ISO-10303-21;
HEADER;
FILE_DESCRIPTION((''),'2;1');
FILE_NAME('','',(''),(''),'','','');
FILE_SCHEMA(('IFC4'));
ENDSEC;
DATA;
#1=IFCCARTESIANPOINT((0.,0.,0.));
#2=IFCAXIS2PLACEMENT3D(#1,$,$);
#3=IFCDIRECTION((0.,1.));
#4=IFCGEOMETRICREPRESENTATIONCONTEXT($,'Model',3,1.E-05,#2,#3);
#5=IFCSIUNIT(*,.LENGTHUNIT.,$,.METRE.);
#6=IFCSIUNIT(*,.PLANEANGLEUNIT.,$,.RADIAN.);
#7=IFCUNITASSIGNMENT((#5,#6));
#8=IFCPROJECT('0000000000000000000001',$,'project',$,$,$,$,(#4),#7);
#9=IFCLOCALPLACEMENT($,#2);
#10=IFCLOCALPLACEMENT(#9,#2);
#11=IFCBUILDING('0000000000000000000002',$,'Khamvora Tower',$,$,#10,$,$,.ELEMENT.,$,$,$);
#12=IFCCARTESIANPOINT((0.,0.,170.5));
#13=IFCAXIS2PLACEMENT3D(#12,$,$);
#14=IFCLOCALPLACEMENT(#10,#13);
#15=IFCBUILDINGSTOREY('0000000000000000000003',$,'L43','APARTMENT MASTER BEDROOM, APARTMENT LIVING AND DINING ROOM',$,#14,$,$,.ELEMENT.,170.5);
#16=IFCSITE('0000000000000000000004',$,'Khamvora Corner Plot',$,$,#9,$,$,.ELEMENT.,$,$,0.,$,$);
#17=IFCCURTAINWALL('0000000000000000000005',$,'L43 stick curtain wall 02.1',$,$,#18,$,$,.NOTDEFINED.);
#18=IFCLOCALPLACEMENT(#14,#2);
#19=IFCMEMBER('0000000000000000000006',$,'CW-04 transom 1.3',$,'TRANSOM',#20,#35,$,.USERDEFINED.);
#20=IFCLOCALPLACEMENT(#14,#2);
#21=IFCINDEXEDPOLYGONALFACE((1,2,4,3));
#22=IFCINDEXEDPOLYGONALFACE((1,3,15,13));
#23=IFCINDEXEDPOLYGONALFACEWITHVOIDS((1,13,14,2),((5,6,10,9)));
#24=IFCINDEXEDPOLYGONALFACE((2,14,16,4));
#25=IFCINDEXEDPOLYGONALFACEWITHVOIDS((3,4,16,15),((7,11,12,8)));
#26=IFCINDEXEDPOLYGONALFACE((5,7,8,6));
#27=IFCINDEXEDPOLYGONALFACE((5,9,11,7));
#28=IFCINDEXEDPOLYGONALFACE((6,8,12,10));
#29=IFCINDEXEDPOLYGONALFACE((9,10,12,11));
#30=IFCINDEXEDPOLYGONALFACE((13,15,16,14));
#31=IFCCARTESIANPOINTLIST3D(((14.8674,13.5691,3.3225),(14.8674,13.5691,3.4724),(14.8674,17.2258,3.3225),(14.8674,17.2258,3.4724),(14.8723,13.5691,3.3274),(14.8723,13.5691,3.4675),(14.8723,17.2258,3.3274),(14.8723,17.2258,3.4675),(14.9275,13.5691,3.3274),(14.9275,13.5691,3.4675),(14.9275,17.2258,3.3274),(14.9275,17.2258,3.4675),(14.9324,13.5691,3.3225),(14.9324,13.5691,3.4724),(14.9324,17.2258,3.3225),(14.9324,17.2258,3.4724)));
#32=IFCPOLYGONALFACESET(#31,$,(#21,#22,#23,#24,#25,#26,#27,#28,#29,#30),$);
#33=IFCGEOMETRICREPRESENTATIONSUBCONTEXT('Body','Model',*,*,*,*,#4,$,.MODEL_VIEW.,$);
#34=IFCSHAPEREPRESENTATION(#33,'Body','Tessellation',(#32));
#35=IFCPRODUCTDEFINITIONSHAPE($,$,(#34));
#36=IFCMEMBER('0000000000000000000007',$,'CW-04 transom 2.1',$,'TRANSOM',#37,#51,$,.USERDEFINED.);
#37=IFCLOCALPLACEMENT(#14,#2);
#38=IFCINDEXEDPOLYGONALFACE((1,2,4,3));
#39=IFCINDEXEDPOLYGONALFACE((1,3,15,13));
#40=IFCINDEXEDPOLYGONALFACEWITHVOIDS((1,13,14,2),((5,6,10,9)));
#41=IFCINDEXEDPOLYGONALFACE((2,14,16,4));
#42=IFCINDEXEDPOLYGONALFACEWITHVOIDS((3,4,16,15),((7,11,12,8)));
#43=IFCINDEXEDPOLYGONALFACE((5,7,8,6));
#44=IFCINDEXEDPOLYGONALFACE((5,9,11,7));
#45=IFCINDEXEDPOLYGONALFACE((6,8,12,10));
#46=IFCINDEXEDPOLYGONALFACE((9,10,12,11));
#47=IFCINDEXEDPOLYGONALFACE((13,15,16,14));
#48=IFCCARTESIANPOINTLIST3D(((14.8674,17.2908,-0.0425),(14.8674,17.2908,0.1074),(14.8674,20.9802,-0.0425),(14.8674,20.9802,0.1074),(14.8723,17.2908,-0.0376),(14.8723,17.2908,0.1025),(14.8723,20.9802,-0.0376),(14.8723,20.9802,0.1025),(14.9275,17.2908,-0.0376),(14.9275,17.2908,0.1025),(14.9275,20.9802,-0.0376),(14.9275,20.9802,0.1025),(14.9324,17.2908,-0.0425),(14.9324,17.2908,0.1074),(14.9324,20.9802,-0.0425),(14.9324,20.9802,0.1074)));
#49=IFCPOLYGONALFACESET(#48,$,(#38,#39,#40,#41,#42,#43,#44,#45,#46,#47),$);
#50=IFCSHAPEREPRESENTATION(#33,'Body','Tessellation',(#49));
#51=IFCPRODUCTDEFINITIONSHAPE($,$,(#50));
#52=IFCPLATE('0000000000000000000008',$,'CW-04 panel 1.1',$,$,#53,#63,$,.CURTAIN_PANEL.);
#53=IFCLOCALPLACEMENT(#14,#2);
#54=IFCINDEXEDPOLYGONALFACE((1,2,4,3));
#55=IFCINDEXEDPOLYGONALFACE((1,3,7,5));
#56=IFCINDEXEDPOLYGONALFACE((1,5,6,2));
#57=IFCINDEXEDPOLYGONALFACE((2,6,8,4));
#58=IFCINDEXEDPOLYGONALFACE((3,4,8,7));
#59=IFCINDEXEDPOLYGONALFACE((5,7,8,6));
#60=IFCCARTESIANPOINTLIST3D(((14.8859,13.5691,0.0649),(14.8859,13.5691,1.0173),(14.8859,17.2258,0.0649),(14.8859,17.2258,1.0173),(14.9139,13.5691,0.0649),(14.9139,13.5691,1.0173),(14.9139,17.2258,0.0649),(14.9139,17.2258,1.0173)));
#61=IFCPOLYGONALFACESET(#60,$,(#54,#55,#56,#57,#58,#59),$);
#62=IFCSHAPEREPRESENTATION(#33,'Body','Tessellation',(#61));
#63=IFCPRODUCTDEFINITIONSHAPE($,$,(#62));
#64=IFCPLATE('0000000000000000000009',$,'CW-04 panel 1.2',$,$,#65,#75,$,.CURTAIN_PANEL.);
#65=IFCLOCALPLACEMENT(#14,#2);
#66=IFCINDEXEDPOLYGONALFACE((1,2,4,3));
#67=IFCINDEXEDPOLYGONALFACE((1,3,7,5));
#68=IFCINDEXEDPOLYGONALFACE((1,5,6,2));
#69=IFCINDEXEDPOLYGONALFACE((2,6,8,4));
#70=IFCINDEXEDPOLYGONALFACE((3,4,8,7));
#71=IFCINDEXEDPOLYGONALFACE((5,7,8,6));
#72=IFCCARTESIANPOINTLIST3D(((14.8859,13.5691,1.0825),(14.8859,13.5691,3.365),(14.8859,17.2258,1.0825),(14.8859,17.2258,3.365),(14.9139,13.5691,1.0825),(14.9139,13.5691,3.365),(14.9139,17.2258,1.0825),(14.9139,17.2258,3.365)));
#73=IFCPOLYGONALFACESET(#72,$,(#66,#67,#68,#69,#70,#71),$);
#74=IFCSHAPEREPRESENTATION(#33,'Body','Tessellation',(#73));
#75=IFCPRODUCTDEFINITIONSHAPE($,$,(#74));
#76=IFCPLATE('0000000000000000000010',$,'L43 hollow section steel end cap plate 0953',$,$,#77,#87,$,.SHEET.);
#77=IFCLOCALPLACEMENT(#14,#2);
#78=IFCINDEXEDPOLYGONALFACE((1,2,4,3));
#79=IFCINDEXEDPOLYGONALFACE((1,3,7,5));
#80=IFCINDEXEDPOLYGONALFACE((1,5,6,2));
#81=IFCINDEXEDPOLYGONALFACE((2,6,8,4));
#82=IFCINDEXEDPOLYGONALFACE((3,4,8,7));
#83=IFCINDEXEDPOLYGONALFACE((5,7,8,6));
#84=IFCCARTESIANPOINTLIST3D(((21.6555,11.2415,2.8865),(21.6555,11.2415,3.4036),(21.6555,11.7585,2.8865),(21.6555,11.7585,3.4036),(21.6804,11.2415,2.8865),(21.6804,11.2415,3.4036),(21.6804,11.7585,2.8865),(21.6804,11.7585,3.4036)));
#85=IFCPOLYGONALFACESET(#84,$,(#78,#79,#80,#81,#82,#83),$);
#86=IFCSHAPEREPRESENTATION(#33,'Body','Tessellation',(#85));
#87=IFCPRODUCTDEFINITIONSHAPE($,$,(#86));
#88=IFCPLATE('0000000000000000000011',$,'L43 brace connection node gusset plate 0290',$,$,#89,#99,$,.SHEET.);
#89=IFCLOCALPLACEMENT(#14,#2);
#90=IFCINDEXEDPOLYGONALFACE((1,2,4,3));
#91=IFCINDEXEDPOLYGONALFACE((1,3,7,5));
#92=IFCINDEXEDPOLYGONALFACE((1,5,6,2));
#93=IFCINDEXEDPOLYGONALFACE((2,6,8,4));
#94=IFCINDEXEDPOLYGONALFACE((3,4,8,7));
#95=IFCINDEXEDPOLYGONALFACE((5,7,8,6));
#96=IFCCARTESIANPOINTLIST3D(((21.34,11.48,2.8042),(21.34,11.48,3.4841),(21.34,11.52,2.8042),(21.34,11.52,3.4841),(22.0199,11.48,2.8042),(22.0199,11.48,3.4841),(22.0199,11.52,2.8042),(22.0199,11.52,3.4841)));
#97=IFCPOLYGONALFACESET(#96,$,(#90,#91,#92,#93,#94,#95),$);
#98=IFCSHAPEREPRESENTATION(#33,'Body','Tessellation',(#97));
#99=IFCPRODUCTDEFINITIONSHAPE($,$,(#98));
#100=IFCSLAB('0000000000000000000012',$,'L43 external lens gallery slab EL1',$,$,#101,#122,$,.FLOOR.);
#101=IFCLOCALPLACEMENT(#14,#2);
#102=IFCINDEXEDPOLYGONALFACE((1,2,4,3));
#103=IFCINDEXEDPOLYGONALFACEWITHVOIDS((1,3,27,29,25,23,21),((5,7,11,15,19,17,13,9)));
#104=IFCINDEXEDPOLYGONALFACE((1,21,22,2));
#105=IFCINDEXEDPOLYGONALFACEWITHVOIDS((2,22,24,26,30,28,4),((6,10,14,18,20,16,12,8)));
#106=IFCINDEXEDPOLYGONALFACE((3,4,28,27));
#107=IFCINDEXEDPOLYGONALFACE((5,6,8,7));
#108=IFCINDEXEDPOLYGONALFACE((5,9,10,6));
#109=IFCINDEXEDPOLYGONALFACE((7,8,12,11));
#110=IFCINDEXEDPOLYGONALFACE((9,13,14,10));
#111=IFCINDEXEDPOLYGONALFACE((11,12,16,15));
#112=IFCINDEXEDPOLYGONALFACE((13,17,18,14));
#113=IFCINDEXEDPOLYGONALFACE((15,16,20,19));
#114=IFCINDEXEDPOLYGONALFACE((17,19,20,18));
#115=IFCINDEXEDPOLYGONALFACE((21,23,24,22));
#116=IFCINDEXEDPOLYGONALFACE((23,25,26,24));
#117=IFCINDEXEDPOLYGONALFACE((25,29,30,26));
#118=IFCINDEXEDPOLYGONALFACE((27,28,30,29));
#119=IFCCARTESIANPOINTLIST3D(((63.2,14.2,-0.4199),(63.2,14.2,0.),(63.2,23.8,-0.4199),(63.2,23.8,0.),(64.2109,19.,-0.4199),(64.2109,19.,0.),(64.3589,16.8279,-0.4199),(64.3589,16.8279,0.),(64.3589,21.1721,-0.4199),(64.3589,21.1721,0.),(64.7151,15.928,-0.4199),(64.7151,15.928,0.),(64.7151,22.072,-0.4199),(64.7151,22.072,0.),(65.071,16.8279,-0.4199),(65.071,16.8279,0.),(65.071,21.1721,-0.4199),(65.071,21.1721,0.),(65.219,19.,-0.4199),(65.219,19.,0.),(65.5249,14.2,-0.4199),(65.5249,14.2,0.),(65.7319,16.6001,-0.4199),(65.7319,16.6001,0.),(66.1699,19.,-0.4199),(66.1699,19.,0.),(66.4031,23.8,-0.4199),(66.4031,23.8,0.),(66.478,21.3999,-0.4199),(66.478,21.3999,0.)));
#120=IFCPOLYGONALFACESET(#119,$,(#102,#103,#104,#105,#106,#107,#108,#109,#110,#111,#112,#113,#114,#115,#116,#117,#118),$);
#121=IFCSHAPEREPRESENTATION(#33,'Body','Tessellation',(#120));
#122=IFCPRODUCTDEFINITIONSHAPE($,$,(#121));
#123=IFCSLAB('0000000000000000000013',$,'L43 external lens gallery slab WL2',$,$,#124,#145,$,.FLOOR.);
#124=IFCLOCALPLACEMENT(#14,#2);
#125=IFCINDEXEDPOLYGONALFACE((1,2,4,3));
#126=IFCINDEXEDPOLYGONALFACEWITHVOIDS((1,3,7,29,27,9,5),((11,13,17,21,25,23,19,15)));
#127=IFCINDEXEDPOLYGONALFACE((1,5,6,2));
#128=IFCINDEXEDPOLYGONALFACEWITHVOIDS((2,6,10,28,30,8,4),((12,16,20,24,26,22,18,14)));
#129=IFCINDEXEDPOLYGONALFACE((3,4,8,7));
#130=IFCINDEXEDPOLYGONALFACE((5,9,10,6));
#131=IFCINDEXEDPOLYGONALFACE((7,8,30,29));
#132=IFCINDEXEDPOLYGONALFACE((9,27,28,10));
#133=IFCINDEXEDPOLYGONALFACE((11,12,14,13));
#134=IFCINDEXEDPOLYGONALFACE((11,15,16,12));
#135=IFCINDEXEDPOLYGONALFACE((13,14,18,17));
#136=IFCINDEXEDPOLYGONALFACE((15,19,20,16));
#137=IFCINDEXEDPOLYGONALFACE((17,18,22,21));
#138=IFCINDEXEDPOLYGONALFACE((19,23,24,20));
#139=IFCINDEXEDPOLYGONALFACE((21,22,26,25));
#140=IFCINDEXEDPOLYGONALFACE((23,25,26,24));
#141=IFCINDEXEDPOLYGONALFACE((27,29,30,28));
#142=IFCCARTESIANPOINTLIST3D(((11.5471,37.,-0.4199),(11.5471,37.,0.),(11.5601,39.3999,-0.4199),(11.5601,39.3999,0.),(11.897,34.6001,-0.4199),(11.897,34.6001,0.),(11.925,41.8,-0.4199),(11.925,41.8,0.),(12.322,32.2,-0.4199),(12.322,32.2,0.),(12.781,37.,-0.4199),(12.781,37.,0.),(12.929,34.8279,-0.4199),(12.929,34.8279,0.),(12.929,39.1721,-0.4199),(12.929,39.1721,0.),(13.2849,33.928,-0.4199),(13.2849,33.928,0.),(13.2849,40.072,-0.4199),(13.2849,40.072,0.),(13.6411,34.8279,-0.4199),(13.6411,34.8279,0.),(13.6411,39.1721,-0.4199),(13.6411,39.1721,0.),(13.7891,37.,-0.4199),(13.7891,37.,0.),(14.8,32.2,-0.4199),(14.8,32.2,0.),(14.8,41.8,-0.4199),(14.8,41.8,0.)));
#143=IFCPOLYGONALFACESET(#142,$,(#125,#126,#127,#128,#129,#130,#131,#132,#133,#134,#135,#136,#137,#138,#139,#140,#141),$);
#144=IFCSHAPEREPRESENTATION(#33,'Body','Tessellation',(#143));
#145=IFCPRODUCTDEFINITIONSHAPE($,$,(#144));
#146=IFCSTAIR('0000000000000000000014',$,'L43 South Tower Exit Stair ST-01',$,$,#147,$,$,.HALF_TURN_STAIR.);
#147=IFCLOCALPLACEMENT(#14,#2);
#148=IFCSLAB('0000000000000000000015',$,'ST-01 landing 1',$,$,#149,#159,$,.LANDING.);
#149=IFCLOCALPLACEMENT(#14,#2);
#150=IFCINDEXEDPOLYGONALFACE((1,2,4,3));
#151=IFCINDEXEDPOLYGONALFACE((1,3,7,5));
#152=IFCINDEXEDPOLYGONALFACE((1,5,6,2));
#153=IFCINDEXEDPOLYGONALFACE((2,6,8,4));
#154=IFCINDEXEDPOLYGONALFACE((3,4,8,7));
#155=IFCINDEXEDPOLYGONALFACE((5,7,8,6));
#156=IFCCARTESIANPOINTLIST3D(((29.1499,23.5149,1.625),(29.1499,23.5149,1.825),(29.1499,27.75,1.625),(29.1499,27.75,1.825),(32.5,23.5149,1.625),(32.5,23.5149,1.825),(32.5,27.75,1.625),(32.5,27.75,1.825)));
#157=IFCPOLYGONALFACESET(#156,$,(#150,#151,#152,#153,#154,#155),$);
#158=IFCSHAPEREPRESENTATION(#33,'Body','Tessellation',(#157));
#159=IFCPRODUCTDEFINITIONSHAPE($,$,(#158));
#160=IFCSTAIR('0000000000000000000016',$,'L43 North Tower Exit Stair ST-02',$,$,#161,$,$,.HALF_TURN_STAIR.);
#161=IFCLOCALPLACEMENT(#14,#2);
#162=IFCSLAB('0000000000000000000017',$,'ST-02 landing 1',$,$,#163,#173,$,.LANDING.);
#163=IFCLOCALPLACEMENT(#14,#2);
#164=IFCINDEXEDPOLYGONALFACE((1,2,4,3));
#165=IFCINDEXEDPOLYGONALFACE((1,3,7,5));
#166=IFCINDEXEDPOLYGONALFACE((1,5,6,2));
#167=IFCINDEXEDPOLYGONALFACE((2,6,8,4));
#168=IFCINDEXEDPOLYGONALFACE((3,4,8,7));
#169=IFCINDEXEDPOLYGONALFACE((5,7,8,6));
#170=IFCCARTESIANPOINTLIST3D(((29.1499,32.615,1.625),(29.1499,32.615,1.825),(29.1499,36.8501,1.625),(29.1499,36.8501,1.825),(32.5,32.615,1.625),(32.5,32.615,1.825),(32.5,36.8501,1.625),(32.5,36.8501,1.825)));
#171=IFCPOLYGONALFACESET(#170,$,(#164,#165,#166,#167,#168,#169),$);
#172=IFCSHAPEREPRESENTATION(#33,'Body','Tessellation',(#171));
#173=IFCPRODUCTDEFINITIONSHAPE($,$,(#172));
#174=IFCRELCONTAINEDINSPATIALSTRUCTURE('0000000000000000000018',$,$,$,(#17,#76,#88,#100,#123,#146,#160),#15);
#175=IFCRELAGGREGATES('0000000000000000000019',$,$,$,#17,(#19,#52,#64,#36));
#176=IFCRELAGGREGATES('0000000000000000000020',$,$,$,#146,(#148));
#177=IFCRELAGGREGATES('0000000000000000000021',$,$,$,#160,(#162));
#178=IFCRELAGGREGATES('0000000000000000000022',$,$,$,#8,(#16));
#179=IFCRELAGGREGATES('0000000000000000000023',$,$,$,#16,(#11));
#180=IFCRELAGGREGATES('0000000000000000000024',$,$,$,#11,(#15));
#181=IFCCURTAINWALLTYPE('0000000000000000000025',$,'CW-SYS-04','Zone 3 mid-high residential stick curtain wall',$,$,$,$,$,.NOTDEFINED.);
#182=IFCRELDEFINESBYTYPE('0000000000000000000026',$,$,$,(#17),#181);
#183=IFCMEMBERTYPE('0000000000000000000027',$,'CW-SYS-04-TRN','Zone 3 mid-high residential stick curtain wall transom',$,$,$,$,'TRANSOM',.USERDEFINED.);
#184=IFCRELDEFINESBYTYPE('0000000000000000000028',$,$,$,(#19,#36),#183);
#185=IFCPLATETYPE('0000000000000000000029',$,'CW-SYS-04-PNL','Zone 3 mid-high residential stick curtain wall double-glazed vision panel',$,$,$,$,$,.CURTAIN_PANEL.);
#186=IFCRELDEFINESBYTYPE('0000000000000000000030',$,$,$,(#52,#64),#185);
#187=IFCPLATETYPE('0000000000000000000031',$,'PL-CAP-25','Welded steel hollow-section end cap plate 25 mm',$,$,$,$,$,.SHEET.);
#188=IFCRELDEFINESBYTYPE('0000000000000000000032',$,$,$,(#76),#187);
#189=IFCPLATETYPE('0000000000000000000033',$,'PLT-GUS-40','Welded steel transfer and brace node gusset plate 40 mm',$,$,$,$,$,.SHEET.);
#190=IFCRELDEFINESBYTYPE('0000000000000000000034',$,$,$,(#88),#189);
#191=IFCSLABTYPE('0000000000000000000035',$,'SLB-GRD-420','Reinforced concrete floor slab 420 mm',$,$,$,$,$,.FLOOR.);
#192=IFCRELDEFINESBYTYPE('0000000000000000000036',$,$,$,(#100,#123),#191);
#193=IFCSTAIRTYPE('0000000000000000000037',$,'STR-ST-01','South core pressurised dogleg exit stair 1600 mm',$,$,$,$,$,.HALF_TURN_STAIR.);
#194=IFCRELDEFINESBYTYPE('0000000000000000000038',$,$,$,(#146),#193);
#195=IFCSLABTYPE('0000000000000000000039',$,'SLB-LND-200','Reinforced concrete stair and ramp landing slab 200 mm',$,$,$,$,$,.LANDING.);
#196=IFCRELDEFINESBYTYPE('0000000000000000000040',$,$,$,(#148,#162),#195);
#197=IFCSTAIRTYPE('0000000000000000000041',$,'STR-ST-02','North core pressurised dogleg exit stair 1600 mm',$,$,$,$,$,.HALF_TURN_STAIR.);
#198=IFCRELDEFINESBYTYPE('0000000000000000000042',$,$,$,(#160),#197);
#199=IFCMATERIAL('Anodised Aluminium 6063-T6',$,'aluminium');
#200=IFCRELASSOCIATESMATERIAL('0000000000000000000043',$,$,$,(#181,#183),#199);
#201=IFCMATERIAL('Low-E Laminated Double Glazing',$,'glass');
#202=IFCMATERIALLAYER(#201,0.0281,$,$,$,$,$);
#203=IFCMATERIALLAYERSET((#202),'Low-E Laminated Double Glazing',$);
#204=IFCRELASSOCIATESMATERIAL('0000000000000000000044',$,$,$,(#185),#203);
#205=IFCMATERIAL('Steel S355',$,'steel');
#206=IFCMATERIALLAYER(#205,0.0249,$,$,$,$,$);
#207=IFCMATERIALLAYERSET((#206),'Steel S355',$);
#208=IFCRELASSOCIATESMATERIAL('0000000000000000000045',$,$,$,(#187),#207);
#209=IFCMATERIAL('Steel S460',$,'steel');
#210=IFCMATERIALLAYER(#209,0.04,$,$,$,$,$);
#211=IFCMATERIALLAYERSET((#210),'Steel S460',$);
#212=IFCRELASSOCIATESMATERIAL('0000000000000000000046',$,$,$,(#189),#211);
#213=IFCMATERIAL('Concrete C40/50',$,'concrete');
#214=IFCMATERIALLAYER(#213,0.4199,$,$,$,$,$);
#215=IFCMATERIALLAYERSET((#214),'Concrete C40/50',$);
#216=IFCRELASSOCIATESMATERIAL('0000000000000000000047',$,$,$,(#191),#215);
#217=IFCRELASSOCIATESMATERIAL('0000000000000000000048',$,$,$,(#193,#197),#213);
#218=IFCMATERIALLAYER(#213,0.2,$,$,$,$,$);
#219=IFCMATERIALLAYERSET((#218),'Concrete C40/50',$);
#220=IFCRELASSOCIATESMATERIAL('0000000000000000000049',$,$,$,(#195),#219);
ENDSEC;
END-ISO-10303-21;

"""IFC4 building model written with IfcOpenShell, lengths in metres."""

from ifc_helpers import new_model, si_unit, direction, frame, origin, origin_2d, place, context, subcontext, project, spatial, polyline, rectangle, hollow_rectangle, outline, extrude, material, layer, layer_set, material_profile, profile_set, type_object, element, aggregate, save


model = new_model("IFC4")

# Units and contexts
model_context = context("Model", 3, precision=1e-05, world=origin(), true_north=direction((0.0, 1.0)))
body_context = subcontext(model_context, "Body", "Model", "MODEL_VIEW")
ifc_project = project(units=[si_unit("LENGTHUNIT", "METRE"), si_unit("PLANEANGLEUNIT", "RADIAN")], contexts=[model_context])

# Site, building, storey
site_placement = place(None, origin())
site = spatial("IfcSite", under=ifc_project, at=site_placement, Name="Khamvora Corner Plot", CompositionType="ELEMENT", RefElevation=0.0)
building_placement = place(site_placement, origin())
building = spatial("IfcBuilding", under=site, at=building_placement, Name="Khamvora Tower", CompositionType="ELEMENT")
storey_placement = place(building_placement, frame((0.0, 0.0, 170.5)))
storey = spatial("IfcBuildingStorey", under=building, at=storey_placement, Name="L43", Description="APARTMENT MASTER BEDROOM, APARTMENT LIVING AND DINING ROOM", CompositionType="ELEMENT", Elevation=170.5)

# Shared definitions
ifc_material_1 = material(Name="Steel S355", Category="steel")

# Curtain wall, members, plates
ifc_material_2 = material(Name="Anodised Aluminium 6063-T6", Category="aluminium")
curtain_wall_type = type_object("IfcCurtainWallType", Name="CW-SYS-04", Description="Zone 3 mid-high residential stick curtain wall", PredefinedType="NOTDEFINED", material=ifc_material_2)
curtain_wall_placement = place(storey_placement, origin())
curtain_wall = element("IfcCurtainWall", 1, at=curtain_wall_placement, inside=storey, type_object=curtain_wall_type, Name="L43 stick curtain wall 02.1", PredefinedType="NOTDEFINED")
ifc_material_profile_1 = material_profile(ifc_material_2, hollow_rectangle(XDim=0.0649, YDim=0.1499, WallThickness=0.0049, at=origin_2d()), Name="TRN65x150x5")
ifc_profile_set_1 = profile_set([ifc_material_profile_1], Name="Anodised Aluminium 6063-T6")
member_type_1 = type_object("IfcMemberType", Name="CW-SYS-04-TRN", Description="Zone 3 mid-high residential stick curtain wall transom", ElementType="TRANSOM", PredefinedType="USERDEFINED", material=ifc_profile_set_1)
member_1_placement = place(storey_placement, frame((14.8999, 13.5691, 3.3975), z_axis=(0.0, 1.0, 0.0), x_axis=(-1.0, 0.0, 0.0)))
member_1 = element("IfcMember", 2, at=member_1_placement, type_object=member_type_1, Name="CW-04 transom 1.3", ObjectType="TRANSOM", PredefinedType="USERDEFINED", context=body_context, shape_type="SweptSolid", body=[
    extrude(hollow_rectangle(XDim=0.0649, YDim=0.1499, WallThickness=0.0049, at=origin_2d()), origin(), (0.0, 0.0, 1.0), 3.6567),
])
member_2_placement = place(storey_placement, frame((14.8999, 17.2908, 0.0325), z_axis=(0.0, 1.0, 0.0), x_axis=(-1.0, 0.0, 0.0)))
member_2 = element("IfcMember", 3, at=member_2_placement, type_object=member_type_1, Name="CW-04 transom 2.1", ObjectType="TRANSOM", PredefinedType="USERDEFINED", context=body_context, shape_type="SweptSolid", body=[
    extrude(hollow_rectangle(XDim=0.0649, YDim=0.1499, WallThickness=0.0049, at=origin_2d()), origin(), (0.0, 0.0, 1.0), 3.6895),
])
ifc_material_3 = material(Name="Low-E Laminated Double Glazing", Category="glass")
ifc_layer_1 = layer(ifc_material_3, 0.0281)
ifc_layer_set_1 = layer_set([ifc_layer_1], Name="Low-E Laminated Double Glazing")
plate_type_1 = type_object("IfcPlateType", Name="CW-SYS-04-PNL", Description="Zone 3 mid-high residential stick curtain wall double-glazed vision panel", PredefinedType="CURTAIN_PANEL", material=ifc_layer_set_1)
plate_1_placement = place(storey_placement, frame((14.8999, 15.3975, 0.0649), z_axis=(0.0, 0.0, 1.0), x_axis=(0.0, 1.0, 0.0)))
plate_1 = element("IfcPlate", 4, at=plate_1_placement, type_object=plate_type_1, Name="CW-04 panel 1.1", PredefinedType="CURTAIN_PANEL", context=body_context, shape_type="SweptSolid", body=[
    extrude(rectangle(XDim=3.6567, YDim=0.0281, at=origin_2d()), origin(), (0.0, 0.0, 1.0), 0.9524),
])
plate_2_placement = place(storey_placement, frame((14.8999, 15.3975, 1.0825), z_axis=(0.0, 0.0, 1.0), x_axis=(0.0, 1.0, 0.0)))
plate_2 = element("IfcPlate", 5, at=plate_2_placement, type_object=plate_type_1, Name="CW-04 panel 1.2", PredefinedType="CURTAIN_PANEL", context=body_context, shape_type="SweptSolid", body=[
    extrude(rectangle(XDim=3.6567, YDim=0.0281, at=origin_2d()), origin(), (0.0, 0.0, 1.0), 2.2825),
])
aggregate(curtain_wall, [member_1, plate_1, plate_2, member_2])

# Plates
ifc_layer_2 = layer(ifc_material_1, 0.0249)
ifc_layer_set_2 = layer_set([ifc_layer_2], Name="Steel S355")
plate_type_2 = type_object("IfcPlateType", Name="PL-CAP-25", Description="Welded steel hollow-section end cap plate 25 mm", PredefinedType="SHEET", material=ifc_layer_set_2)
plate_3_placement = place(storey_placement, frame((21.668, 11.5, 2.8865), z_axis=(0.0, 0.0, 1.0), x_axis=(-1.0, 0.0, 0.0)))
element("IfcPlate", 6, at=plate_3_placement, inside=storey, type_object=plate_type_2, Name="L43 hollow section steel end cap plate 0953", PredefinedType="SHEET", context=body_context, shape_type="SweptSolid", body=[
    extrude(rectangle(XDim=0.0249, YDim=0.5171, at=origin_2d()), origin(), (0.0, 0.0, 1.0), 0.5171),
])
ifc_material_4 = material(Name="Steel S460", Category="steel")
ifc_layer_3 = layer(ifc_material_4, 0.04)
ifc_layer_set_3 = layer_set([ifc_layer_3], Name="Steel S460")
plate_type_3 = type_object("IfcPlateType", Name="PLT-GUS-40", Description="Welded steel transfer and brace node gusset plate 40 mm", PredefinedType="SHEET", material=ifc_layer_set_3)
plate_4_placement = place(storey_placement, frame((21.6799, 11.5, 2.8042), z_axis=(0.0, 0.0, 1.0), x_axis=(1.0, 0.0, 0.0)))
element("IfcPlate", 7, at=plate_4_placement, inside=storey, type_object=plate_type_3, Name="L43 brace connection node gusset plate 0290", PredefinedType="SHEET", context=body_context, shape_type="SweptSolid", body=[
    extrude(rectangle(XDim=0.6799, YDim=0.04, at=origin_2d()), origin(), (0.0, 0.0, 1.0), 0.6799),
])

# Slabs
ifc_material_5 = material(Name="Concrete C40/50", Category="concrete")
ifc_layer_4 = layer(ifc_material_5, 0.4199)
ifc_layer_set_4 = layer_set([ifc_layer_4], Name="Concrete C40/50")
slab_type_1 = type_object("IfcSlabType", Name="SLB-GRD-420", Description="Reinforced concrete floor slab 420 mm", PredefinedType="FLOOR", material=ifc_layer_set_4)
slab_1_placement = place(storey_placement, frame((0.0, 0.0, -0.4199)))
element("IfcSlab", 8, at=slab_1_placement, inside=storey, type_object=slab_type_1, Name="L43 external lens gallery slab EL1", PredefinedType="FLOOR", context=body_context, shape_type="SweptSolid", body=[
    extrude(outline(polyline([(65.5249, 14.2), (65.7319, 16.6001), (66.1699, 19.0), (66.478, 21.3999), (66.4031, 23.8), (63.2, 23.8), (63.2, 14.2), (65.5249, 14.2)]), holes=[polyline([(65.219, 19.0), (65.071, 21.1721), (64.7151, 22.072), (64.3589, 21.1721), (64.2109, 19.0), (64.3589, 16.8279), (64.7151, 15.928), (65.071, 16.8279), (65.219, 19.0)])]), origin(), (0.0, 0.0, 1.0), 0.4199),
])
slab_2_placement = place(storey_placement, frame((0.0, 0.0, -0.4199)))
element("IfcSlab", 9, at=slab_2_placement, inside=storey, type_object=slab_type_1, Name="L43 external lens gallery slab WL2", PredefinedType="FLOOR", context=body_context, shape_type="SweptSolid", body=[
    extrude(outline(polyline([(14.8, 32.2), (14.8, 41.8), (11.925, 41.8), (11.5601, 39.3999), (11.5471, 37.0), (11.897, 34.6001), (12.322, 32.2), (14.8, 32.2)]), holes=[polyline([(13.7891, 37.0), (13.6411, 39.1721), (13.2849, 40.072), (12.929, 39.1721), (12.781, 37.0), (12.929, 34.8279), (13.2849, 33.928), (13.6411, 34.8279), (13.7891, 37.0)])]), origin(), (0.0, 0.0, 1.0), 0.4199),
])

# Stairs, slabs
stair_type_1 = type_object("IfcStairType", Name="STR-ST-01", Description="South core pressurised dogleg exit stair 1600 mm", PredefinedType="HALF_TURN_STAIR", material=ifc_material_5)
stair_1_placement = place(storey_placement, origin())
stair_1 = element("IfcStair", 10, at=stair_1_placement, inside=storey, type_object=stair_type_1, Name="L43 South Tower Exit Stair ST-01", PredefinedType="HALF_TURN_STAIR")
ifc_layer_5 = layer(ifc_material_5, 0.2)
ifc_layer_set_5 = layer_set([ifc_layer_5], Name="Concrete C40/50")
slab_type_2 = type_object("IfcSlabType", Name="SLB-LND-200", Description="Reinforced concrete stair and ramp landing slab 200 mm", PredefinedType="LANDING", material=ifc_layer_set_5)
slab_3_placement = place(storey_placement, frame((0.0, 0.0, 1.625)))
slab_3 = element("IfcSlab", 11, at=slab_3_placement, type_object=slab_type_2, Name="ST-01 landing 1", PredefinedType="LANDING", context=body_context, shape_type="SweptSolid", body=[
    extrude(outline(polyline([(32.5, 23.5149), (32.5, 27.75), (29.1499, 27.75), (29.1499, 23.5149), (32.5, 23.5149)])), origin(), (0.0, 0.0, 1.0), 0.2),
])
aggregate(stair_1, [slab_3])
stair_type_2 = type_object("IfcStairType", Name="STR-ST-02", Description="North core pressurised dogleg exit stair 1600 mm", PredefinedType="HALF_TURN_STAIR", material=ifc_material_5)
stair_2_placement = place(storey_placement, origin())
stair_2 = element("IfcStair", 12, at=stair_2_placement, inside=storey, type_object=stair_type_2, Name="L43 North Tower Exit Stair ST-02", PredefinedType="HALF_TURN_STAIR")
slab_4_placement = place(storey_placement, frame((0.0, 0.0, 1.625)))
slab_4 = element("IfcSlab", 13, at=slab_4_placement, type_object=slab_type_2, Name="ST-02 landing 1", PredefinedType="LANDING", context=body_context, shape_type="SweptSolid", body=[
    extrude(outline(polyline([(32.5, 32.615), (32.5, 36.8501), (29.1499, 36.8501), (29.1499, 32.615), (32.5, 32.615)])), origin(), (0.0, 0.0, 1.0), 0.2),
])
aggregate(stair_2, [slab_4])

save(model, "model.ifc")
